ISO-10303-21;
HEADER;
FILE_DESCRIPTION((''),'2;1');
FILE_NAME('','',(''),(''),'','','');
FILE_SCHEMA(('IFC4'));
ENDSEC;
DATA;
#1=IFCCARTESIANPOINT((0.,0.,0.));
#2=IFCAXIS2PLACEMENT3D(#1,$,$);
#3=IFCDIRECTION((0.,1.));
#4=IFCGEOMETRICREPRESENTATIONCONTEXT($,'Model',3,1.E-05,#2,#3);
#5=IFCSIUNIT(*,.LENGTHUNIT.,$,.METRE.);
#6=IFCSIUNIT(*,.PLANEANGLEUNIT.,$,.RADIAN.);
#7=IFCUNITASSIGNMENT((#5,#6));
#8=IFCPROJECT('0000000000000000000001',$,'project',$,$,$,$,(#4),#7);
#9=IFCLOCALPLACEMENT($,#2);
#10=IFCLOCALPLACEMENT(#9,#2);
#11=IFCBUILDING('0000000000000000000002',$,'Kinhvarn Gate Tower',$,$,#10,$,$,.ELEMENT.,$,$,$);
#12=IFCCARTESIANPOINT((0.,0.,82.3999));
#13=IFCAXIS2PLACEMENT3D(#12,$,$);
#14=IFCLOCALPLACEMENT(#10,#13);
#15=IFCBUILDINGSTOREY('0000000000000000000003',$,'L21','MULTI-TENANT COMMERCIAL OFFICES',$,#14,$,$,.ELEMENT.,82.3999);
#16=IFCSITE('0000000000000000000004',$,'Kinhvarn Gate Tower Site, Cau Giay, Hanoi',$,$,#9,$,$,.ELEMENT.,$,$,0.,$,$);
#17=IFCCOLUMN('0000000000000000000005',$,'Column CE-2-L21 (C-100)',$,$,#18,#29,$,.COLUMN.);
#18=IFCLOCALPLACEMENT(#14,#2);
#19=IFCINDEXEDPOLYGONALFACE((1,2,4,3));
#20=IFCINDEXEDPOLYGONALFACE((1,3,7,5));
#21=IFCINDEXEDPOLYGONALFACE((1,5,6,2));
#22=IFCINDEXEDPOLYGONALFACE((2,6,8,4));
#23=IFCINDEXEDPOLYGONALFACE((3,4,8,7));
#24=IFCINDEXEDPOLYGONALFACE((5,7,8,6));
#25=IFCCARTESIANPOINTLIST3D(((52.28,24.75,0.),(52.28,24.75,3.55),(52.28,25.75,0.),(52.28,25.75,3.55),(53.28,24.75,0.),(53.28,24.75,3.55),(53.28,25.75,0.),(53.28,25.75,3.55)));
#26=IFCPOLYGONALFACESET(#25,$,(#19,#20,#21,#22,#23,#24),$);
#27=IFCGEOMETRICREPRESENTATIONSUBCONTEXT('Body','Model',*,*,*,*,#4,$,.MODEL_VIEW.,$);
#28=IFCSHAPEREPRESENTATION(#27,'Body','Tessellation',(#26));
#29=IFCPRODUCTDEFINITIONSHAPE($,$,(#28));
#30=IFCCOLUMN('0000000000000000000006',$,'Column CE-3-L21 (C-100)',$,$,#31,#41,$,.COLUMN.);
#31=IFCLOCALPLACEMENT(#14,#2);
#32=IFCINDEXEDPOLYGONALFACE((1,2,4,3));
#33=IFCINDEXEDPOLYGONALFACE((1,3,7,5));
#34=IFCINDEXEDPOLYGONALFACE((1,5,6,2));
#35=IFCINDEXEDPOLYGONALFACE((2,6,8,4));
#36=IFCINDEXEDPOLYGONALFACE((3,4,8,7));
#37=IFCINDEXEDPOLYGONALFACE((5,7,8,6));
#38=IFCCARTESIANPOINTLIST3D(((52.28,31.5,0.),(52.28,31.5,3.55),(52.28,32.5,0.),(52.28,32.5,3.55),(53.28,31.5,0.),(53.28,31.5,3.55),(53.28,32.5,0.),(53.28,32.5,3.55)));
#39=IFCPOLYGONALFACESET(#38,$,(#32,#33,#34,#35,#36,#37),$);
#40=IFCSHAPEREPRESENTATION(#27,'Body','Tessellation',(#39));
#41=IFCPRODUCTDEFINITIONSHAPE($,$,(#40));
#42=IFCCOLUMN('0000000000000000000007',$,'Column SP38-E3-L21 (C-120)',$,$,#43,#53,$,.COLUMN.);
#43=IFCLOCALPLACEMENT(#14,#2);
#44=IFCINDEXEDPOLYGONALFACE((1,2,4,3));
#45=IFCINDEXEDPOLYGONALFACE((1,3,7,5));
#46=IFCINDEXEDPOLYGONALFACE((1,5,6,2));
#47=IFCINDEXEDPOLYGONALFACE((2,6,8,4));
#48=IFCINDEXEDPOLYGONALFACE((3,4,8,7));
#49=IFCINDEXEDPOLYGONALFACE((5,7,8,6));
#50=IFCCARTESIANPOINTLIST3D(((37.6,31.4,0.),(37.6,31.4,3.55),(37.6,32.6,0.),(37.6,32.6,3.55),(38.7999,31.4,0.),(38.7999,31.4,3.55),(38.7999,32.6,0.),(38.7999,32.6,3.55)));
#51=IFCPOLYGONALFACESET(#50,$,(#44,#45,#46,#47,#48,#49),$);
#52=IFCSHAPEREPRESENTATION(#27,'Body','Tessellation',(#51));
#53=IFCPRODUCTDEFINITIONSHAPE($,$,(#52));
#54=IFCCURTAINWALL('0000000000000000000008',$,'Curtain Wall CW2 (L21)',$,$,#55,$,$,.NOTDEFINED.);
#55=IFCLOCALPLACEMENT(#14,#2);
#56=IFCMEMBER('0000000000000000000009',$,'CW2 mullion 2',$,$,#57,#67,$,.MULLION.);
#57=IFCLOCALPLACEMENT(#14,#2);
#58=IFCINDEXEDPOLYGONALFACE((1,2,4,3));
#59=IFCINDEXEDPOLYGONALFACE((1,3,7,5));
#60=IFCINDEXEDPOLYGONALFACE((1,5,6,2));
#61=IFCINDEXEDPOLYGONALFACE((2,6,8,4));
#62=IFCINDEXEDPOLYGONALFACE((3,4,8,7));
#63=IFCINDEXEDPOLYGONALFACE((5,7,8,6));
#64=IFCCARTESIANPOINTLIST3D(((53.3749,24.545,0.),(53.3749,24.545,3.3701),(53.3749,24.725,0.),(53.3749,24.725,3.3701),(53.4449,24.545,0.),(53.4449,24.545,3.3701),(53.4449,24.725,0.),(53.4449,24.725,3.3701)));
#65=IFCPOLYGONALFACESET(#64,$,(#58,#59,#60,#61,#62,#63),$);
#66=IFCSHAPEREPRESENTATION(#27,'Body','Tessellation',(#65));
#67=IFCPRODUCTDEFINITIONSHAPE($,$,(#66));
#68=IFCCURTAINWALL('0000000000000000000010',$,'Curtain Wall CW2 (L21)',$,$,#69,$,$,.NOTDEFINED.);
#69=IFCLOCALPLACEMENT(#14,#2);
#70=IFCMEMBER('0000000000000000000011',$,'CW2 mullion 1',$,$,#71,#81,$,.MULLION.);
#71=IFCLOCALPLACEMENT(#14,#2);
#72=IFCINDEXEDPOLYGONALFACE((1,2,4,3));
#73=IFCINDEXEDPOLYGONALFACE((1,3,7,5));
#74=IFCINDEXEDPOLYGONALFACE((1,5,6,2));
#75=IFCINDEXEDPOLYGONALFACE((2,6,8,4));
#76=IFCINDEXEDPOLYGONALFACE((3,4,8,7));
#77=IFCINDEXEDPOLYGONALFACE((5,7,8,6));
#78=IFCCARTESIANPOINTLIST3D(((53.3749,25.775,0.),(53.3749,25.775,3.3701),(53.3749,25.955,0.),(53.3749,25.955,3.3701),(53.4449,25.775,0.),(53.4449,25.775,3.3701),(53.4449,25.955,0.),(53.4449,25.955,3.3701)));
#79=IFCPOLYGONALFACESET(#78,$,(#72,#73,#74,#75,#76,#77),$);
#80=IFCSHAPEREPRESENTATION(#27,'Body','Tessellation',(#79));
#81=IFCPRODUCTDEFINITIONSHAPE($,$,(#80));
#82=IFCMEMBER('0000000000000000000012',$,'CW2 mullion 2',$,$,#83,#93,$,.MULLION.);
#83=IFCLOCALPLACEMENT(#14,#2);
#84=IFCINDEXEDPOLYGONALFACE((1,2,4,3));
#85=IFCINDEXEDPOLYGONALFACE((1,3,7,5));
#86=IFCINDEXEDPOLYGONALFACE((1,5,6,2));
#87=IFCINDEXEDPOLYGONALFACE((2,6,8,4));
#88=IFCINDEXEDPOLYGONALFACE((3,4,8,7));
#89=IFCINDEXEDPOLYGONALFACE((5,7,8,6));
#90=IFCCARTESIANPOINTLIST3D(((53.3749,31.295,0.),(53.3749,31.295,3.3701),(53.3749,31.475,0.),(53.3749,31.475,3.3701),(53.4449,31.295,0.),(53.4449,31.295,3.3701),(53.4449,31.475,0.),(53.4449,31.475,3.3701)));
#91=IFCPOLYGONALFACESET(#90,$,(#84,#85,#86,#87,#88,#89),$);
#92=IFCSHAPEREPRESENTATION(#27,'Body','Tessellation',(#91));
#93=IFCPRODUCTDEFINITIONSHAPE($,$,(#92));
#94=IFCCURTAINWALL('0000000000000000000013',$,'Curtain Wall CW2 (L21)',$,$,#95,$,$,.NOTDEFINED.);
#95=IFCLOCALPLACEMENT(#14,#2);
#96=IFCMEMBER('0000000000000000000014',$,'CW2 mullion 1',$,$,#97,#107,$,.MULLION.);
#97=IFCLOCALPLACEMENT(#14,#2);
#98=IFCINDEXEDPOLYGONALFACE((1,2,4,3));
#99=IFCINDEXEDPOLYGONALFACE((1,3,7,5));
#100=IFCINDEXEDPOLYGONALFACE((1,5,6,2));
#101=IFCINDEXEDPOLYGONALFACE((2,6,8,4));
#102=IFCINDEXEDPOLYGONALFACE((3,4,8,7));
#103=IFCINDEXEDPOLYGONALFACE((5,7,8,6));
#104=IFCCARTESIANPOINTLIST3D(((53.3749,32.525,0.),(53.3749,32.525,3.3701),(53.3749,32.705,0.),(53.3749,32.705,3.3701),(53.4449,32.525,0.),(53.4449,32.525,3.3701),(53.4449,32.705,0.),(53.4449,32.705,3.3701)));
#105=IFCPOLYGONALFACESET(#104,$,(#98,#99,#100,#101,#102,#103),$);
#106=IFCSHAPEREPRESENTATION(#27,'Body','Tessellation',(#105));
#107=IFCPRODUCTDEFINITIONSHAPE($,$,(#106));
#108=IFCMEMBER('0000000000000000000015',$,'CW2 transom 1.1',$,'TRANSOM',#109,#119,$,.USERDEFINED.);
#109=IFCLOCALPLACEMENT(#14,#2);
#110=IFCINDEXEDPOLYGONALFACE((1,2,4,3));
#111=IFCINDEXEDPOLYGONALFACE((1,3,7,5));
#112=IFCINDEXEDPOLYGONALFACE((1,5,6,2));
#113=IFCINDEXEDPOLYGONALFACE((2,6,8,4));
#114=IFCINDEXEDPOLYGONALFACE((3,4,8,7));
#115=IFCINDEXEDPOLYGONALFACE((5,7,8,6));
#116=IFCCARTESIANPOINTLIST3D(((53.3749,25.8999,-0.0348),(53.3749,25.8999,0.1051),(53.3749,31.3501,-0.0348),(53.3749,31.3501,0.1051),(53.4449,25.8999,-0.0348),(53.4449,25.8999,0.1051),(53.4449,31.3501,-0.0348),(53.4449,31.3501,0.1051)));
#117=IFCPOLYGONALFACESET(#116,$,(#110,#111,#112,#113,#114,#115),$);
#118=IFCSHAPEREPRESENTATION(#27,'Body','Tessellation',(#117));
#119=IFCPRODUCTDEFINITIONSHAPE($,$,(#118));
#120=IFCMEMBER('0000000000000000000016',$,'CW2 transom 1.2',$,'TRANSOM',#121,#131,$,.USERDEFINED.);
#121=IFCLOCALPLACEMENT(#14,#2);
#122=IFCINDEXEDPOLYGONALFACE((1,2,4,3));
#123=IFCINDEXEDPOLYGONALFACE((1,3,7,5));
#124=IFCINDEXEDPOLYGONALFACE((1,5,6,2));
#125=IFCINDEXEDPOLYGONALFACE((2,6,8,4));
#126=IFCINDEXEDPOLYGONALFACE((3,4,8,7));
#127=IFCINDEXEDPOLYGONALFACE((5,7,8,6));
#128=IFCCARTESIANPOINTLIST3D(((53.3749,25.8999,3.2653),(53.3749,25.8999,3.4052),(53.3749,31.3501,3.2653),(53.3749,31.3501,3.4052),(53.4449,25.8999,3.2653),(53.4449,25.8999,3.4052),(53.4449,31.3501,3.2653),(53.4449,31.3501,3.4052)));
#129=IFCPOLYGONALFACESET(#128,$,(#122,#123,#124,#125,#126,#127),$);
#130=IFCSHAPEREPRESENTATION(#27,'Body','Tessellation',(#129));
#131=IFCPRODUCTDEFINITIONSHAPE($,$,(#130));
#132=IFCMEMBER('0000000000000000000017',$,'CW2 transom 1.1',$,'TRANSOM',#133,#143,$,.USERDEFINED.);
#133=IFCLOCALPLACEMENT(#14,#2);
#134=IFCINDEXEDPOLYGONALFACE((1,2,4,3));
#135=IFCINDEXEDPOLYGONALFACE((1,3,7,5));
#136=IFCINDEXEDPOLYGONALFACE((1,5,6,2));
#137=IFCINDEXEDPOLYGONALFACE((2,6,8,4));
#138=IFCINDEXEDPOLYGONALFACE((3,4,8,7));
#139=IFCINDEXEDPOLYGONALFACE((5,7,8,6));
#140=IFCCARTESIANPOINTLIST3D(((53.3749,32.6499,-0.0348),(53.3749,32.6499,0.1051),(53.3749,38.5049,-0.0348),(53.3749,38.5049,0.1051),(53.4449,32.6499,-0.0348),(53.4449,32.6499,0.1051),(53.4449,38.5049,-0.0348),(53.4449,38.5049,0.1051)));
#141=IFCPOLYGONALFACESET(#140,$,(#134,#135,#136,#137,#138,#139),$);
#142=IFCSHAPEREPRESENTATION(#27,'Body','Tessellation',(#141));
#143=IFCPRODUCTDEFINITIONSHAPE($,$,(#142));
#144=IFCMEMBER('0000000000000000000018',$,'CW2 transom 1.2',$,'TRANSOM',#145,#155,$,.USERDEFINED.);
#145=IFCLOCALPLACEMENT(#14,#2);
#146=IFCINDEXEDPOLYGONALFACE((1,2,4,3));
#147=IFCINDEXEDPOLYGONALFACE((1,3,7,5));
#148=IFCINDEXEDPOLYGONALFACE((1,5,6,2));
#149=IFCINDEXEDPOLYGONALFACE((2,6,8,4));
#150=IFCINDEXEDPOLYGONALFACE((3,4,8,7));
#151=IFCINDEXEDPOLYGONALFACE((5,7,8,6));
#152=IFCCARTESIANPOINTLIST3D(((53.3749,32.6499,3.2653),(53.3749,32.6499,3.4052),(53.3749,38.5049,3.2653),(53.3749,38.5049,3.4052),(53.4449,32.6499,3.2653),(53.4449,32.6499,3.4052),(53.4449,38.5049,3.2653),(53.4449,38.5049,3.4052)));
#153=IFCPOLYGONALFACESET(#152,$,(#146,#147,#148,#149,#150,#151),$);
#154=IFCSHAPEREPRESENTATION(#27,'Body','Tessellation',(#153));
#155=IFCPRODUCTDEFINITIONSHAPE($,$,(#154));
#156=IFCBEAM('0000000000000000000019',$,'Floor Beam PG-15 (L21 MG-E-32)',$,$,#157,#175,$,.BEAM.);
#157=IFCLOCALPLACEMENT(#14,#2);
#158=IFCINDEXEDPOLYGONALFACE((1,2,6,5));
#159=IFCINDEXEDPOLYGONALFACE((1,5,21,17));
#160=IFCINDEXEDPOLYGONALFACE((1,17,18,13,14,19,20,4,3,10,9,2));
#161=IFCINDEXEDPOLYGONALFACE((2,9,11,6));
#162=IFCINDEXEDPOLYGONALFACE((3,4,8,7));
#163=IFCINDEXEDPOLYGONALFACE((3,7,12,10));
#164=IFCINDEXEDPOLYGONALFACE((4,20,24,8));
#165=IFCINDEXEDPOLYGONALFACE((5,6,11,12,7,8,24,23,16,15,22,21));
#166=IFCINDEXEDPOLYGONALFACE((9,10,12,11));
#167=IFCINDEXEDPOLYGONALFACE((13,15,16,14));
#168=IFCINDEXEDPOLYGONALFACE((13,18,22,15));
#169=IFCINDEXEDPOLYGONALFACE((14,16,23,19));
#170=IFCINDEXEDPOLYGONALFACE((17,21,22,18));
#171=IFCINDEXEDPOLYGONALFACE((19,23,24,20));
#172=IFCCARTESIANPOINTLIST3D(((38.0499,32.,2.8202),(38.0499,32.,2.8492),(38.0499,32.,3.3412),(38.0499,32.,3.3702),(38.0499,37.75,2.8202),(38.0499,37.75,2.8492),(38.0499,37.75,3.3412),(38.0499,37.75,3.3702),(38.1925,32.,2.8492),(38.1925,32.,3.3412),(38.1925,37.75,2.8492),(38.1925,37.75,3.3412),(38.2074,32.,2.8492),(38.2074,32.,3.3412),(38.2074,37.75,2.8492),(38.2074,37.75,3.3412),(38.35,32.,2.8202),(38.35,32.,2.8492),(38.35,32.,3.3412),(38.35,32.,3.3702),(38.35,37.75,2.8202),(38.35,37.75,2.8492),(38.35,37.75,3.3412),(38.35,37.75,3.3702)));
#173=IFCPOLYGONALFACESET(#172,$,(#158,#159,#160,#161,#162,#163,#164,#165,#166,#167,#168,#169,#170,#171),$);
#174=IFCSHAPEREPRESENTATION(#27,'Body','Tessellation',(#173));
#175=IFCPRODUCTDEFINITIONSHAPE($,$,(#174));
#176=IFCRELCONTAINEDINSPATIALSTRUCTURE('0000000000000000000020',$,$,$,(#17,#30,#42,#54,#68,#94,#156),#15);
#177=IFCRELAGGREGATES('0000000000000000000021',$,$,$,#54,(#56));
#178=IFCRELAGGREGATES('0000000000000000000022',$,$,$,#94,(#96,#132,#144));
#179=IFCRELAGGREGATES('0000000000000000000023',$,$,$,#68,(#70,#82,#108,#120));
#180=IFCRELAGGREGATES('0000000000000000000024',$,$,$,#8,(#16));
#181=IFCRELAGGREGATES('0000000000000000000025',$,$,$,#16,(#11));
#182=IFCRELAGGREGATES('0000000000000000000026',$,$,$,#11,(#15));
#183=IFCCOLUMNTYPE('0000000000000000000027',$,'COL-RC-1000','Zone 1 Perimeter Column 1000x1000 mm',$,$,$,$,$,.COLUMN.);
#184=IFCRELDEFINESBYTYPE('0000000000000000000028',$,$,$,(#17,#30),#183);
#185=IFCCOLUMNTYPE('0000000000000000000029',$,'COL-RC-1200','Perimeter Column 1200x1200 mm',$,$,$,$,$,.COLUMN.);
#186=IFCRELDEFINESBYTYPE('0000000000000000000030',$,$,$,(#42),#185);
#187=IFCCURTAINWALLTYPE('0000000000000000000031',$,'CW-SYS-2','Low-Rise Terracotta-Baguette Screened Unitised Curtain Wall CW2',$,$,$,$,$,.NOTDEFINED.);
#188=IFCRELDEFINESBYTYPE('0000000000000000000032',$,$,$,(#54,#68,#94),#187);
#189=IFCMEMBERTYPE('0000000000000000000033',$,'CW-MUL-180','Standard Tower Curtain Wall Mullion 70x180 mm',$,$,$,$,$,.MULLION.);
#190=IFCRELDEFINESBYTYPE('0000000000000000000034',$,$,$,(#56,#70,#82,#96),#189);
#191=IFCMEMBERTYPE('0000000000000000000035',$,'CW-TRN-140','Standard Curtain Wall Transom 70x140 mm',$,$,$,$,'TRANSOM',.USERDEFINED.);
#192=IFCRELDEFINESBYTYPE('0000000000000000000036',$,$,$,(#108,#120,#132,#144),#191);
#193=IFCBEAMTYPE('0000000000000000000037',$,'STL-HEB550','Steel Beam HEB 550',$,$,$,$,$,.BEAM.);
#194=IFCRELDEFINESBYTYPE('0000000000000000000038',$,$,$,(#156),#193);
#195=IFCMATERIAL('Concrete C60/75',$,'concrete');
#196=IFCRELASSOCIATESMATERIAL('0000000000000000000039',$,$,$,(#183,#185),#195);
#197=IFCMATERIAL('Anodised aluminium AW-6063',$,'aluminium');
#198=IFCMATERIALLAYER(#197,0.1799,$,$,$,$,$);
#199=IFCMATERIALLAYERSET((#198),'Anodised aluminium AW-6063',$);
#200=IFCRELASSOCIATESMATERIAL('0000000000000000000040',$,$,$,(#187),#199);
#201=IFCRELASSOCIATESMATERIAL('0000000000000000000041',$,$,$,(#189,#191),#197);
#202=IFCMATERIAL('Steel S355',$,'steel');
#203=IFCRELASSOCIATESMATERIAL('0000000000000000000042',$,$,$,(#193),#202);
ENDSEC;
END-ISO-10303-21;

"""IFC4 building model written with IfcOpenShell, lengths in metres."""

from ifc_helpers import new_model, si_unit, direction, frame, origin, origin_2d, place, context, subcontext, project, spatial, rectangle, i_section, extrude, material, layer, layer_set, material_profile, profile_set, type_object, element, aggregate, save


model = new_model("IFC4")

# Units and contexts
model_context = context("Model", 3, precision=1e-05, world=origin(), true_north=direction((0.0, 1.0)))
body_context = subcontext(model_context, "Body", "Model", "MODEL_VIEW")
ifc_project = project(units=[si_unit("LENGTHUNIT", "METRE"), si_unit("PLANEANGLEUNIT", "RADIAN")], contexts=[model_context])

# Site, building, storey
site_placement = place(None, origin())
site = spatial("IfcSite", under=ifc_project, at=site_placement, Name="Kinhvarn Gate Tower Site, Cau Giay, Hanoi", CompositionType="ELEMENT", RefElevation=0.0)
building_placement = place(site_placement, origin())
building = spatial("IfcBuilding", under=site, at=building_placement, Name="Kinhvarn Gate Tower", CompositionType="ELEMENT")
storey_placement = place(building_placement, frame((0.0, 0.0, 82.3999)))
storey = spatial("IfcBuildingStorey", under=building, at=storey_placement, Name="L21", Description="MULTI-TENANT COMMERCIAL OFFICES", CompositionType="ELEMENT", Elevation=82.3999)

# Columns
ifc_material_1 = material(Name="Concrete C60/75", Category="concrete")
ifc_material_profile_1 = material_profile(ifc_material_1, rectangle(XDim=1.0, YDim=1.0, at=origin_2d()), Name="RC 1000x1000")
ifc_profile_set_1 = profile_set([ifc_material_profile_1], Name="Concrete C60/75")
column_type_1 = type_object("IfcColumnType", Name="COL-RC-1000", Description="Zone 1 Perimeter Column 1000x1000 mm", PredefinedType="COLUMN", material=ifc_profile_set_1)
for number, where, z_axis, x_axis, name in (
    (1, (52.78, 25.25, 0.0), (0.0, 0.0, 1.0), (1.0, 0.0, 0.0), "Column CE-2-L21 (C-100)"),
    (2, (52.78, 32.0, 0.0), (0.0, 0.0, 1.0), (1.0, 0.0, 0.0), "Column CE-3-L21 (C-100)"),
):
    element("IfcColumn", number, at=place(storey_placement, frame(where, z_axis=z_axis, x_axis=x_axis)), inside=storey, type_object=column_type_1, Name=name, PredefinedType="COLUMN", context=body_context, shape_type="SweptSolid", body=[
        extrude(rectangle(XDim=1.0, YDim=1.0, at=origin_2d()), origin(), (0.0, 0.0, 1.0), 3.55),
    ])
ifc_material_profile_2 = material_profile(ifc_material_1, rectangle(XDim=1.2, YDim=1.2, at=origin_2d()), Name="RC 1200x1200")
ifc_profile_set_2 = profile_set([ifc_material_profile_2], Name="Concrete C60/75")
column_type_2 = type_object("IfcColumnType", Name="COL-RC-1200", Description="Perimeter Column 1200x1200 mm", PredefinedType="COLUMN", material=ifc_profile_set_2)
column_placement = place(storey_placement, frame((38.2, 32.0, 0.0), z_axis=(0.0, 0.0, 1.0), x_axis=(1.0, 0.0, 0.0)))
element("IfcColumn", 3, at=column_placement, inside=storey, type_object=column_type_2, Name="Column SP38-E3-L21 (C-120)", PredefinedType="COLUMN", context=body_context, shape_type="SweptSolid", body=[
    extrude(rectangle(XDim=1.2, YDim=1.2, at=origin_2d()), origin(), (0.0, 0.0, 1.0), 3.55),
])

# Curtain wall, member
ifc_material_2 = material(Name="Anodised aluminium AW-6063", Category="aluminium")
ifc_layer_1 = layer(ifc_material_2, 0.1799)
ifc_layer_set_1 = layer_set([ifc_layer_1], Name="Anodised aluminium AW-6063")
curtain_wall_type = type_object("IfcCurtainWallType", Name="CW-SYS-2", Description="Low-Rise Terracotta-Baguette Screened Unitised Curtain Wall CW2", PredefinedType="NOTDEFINED", material=ifc_layer_set_1)
curtain_wall_1_placement = place(storey_placement, origin())
curtain_wall_1 = element("IfcCurtainWall", 4, at=curtain_wall_1_placement, inside=storey, type_object=curtain_wall_type, Name="Curtain Wall CW2 (L21)", PredefinedType="NOTDEFINED")
ifc_material_profile_3 = material_profile(ifc_material_2, rectangle(XDim=0.0701, YDim=0.1799, at=origin_2d()), Name="ALU 70x180")
ifc_profile_set_3 = profile_set([ifc_material_profile_3], Name="Anodised aluminium AW-6063")
member_type_1 = type_object("IfcMemberType", Name="CW-MUL-180", Description="Standard Tower Curtain Wall Mullion 70x180 mm", PredefinedType="MULLION", material=ifc_profile_set_3)
member_1_placement = place(storey_placement, frame((53.4099, 24.635, 0.0), z_axis=(0.0, 0.0, 1.0), x_axis=(-1.0, 0.0, 0.0)))
member_1 = element("IfcMember", 5, at=member_1_placement, type_object=member_type_1, Name="CW2 mullion 2", PredefinedType="MULLION", context=body_context, shape_type="SweptSolid", body=[
    extrude(rectangle(XDim=0.0701, YDim=0.1799, at=origin_2d()), origin(), (0.0, 0.0, 1.0), 3.3701),
])
aggregate(curtain_wall_1, [member_1])

# Curtain wall, members
curtain_wall_2_placement = place(storey_placement, origin())
curtain_wall_2 = element("IfcCurtainWall", 6, at=curtain_wall_2_placement, inside=storey, type_object=curtain_wall_type, Name="Curtain Wall CW2 (L21)", PredefinedType="NOTDEFINED")
member_2_placement = place(storey_placement, frame((53.4099, 25.865, 0.0), z_axis=(0.0, 0.0, 1.0), x_axis=(-1.0, 0.0, 0.0)))
member_2 = element("IfcMember", 7, at=member_2_placement, type_object=member_type_1, Name="CW2 mullion 1", PredefinedType="MULLION", context=body_context, shape_type="SweptSolid", body=[
    extrude(rectangle(XDim=0.0701, YDim=0.1799, at=origin_2d()), origin(), (0.0, 0.0, 1.0), 3.3701),
])
member_3_placement = place(storey_placement, frame((53.4099, 31.385, 0.0), z_axis=(0.0, 0.0, 1.0), x_axis=(-1.0, 0.0, 0.0)))
member_3 = element("IfcMember", 8, at=member_3_placement, type_object=member_type_1, Name="CW2 mullion 2", PredefinedType="MULLION", context=body_context, shape_type="SweptSolid", body=[
    extrude(rectangle(XDim=0.0701, YDim=0.1799, at=origin_2d()), origin(), (0.0, 0.0, 1.0), 3.3701),
])

# Curtain wall, member
curtain_wall_3_placement = place(storey_placement, origin())
curtain_wall_3 = element("IfcCurtainWall", 9, at=curtain_wall_3_placement, inside=storey, type_object=curtain_wall_type, Name="Curtain Wall CW2 (L21)", PredefinedType="NOTDEFINED")
member_4_placement = place(storey_placement, frame((53.4099, 32.615, 0.0), z_axis=(0.0, 0.0, 1.0), x_axis=(-1.0, 0.0, 0.0)))
member_4 = element("IfcMember", 10, at=member_4_placement, type_object=member_type_1, Name="CW2 mullion 1", PredefinedType="MULLION", context=body_context, shape_type="SweptSolid", body=[
    extrude(rectangle(XDim=0.0701, YDim=0.1799, at=origin_2d()), origin(), (0.0, 0.0, 1.0), 3.3701),
])

# Members
ifc_material_profile_4 = material_profile(ifc_material_2, rectangle(XDim=0.0701, YDim=0.1399, at=origin_2d()), Name="ALU 70x140")
ifc_profile_set_4 = profile_set([ifc_material_profile_4], Name="Anodised aluminium AW-6063")
member_type_2 = type_object("IfcMemberType", Name="CW-TRN-140", Description="Standard Curtain Wall Transom 70x140 mm", ElementType="TRANSOM", PredefinedType="USERDEFINED", material=ifc_profile_set_4)
member_5_placement = place(storey_placement, frame((53.4099, 25.8999, 0.0352), z_axis=(0.0, 1.0, 0.0), x_axis=(-1.0, 0.0, 0.0)))
member_5 = element("IfcMember", 11, at=member_5_placement, type_object=member_type_2, Name="CW2 transom 1.1", ObjectType="TRANSOM", PredefinedType="USERDEFINED", context=body_context, shape_type="SweptSolid", body=[
    extrude(rectangle(XDim=0.0701, YDim=0.1399, at=origin_2d()), origin(), (0.0, 0.0, 1.0), 5.4502),
])
member_6_placement = place(storey_placement, frame((53.4099, 25.8999, 3.3352), z_axis=(0.0, 1.0, 0.0), x_axis=(-1.0, 0.0, 0.0)))
member_6 = element("IfcMember", 12, at=member_6_placement, type_object=member_type_2, Name="CW2 transom 1.2", ObjectType="TRANSOM", PredefinedType="USERDEFINED", context=body_context, shape_type="SweptSolid", body=[
    extrude(rectangle(XDim=0.0701, YDim=0.1399, at=origin_2d()), origin(), (0.0, 0.0, 1.0), 5.4502),
])
member_7_placement = place(storey_placement, frame((53.4099, 32.6499, 0.0352), z_axis=(0.0, 1.0, 0.0), x_axis=(-1.0, 0.0, 0.0)))
member_7 = element("IfcMember", 13, at=member_7_placement, type_object=member_type_2, Name="CW2 transom 1.1", ObjectType="TRANSOM", PredefinedType="USERDEFINED", context=body_context, shape_type="SweptSolid", body=[
    extrude(rectangle(XDim=0.0701, YDim=0.1399, at=origin_2d()), origin(), (0.0, 0.0, 1.0), 5.855),
])
member_8_placement = place(storey_placement, frame((53.4099, 32.6499, 3.3352), z_axis=(0.0, 1.0, 0.0), x_axis=(-1.0, 0.0, 0.0)))
member_8 = element("IfcMember", 14, at=member_8_placement, type_object=member_type_2, Name="CW2 transom 1.2", ObjectType="TRANSOM", PredefinedType="USERDEFINED", context=body_context, shape_type="SweptSolid", body=[
    extrude(rectangle(XDim=0.0701, YDim=0.1399, at=origin_2d()), origin(), (0.0, 0.0, 1.0), 5.855),
])
aggregate(curtain_wall_3, [member_4, member_7, member_8])

# Beam
ifc_material_3 = material(Name="Steel S355", Category="steel")
ifc_material_profile_5 = material_profile(ifc_material_3, i_section(OverallWidth=0.3, OverallDepth=0.55, WebThickness=0.0149, FlangeThickness=0.0291, at=origin_2d()), Name="HEB 550")
ifc_profile_set_5 = profile_set([ifc_material_profile_5], Name="Steel S355")
beam_type_1 = type_object("IfcBeamType", Name="STL-HEB550", Description="Steel Beam HEB 550", PredefinedType="BEAM", material=ifc_profile_set_5)
beam_1_placement = place(storey_placement, frame((38.2, 32.0, 3.0952), z_axis=(0.0, 1.0, 0.0), x_axis=(-1.0, 0.0, 0.0)))
element("IfcBeam", 15, at=beam_1_placement, inside=storey, type_object=beam_type_1, Name="Floor Beam PG-15 (L21 MG-E-32)", PredefinedType="BEAM", context=body_context, shape_type="SweptSolid", body=[
    extrude(i_section(OverallWidth=0.3, OverallDepth=0.55, WebThickness=0.0149, FlangeThickness=0.0291, at=origin_2d()), origin(), (0.0, 0.0, 1.0), 5.75),
])

aggregate(curtain_wall_2, [member_2, member_3, member_5, member_6])

save(model, "model.ifc")
